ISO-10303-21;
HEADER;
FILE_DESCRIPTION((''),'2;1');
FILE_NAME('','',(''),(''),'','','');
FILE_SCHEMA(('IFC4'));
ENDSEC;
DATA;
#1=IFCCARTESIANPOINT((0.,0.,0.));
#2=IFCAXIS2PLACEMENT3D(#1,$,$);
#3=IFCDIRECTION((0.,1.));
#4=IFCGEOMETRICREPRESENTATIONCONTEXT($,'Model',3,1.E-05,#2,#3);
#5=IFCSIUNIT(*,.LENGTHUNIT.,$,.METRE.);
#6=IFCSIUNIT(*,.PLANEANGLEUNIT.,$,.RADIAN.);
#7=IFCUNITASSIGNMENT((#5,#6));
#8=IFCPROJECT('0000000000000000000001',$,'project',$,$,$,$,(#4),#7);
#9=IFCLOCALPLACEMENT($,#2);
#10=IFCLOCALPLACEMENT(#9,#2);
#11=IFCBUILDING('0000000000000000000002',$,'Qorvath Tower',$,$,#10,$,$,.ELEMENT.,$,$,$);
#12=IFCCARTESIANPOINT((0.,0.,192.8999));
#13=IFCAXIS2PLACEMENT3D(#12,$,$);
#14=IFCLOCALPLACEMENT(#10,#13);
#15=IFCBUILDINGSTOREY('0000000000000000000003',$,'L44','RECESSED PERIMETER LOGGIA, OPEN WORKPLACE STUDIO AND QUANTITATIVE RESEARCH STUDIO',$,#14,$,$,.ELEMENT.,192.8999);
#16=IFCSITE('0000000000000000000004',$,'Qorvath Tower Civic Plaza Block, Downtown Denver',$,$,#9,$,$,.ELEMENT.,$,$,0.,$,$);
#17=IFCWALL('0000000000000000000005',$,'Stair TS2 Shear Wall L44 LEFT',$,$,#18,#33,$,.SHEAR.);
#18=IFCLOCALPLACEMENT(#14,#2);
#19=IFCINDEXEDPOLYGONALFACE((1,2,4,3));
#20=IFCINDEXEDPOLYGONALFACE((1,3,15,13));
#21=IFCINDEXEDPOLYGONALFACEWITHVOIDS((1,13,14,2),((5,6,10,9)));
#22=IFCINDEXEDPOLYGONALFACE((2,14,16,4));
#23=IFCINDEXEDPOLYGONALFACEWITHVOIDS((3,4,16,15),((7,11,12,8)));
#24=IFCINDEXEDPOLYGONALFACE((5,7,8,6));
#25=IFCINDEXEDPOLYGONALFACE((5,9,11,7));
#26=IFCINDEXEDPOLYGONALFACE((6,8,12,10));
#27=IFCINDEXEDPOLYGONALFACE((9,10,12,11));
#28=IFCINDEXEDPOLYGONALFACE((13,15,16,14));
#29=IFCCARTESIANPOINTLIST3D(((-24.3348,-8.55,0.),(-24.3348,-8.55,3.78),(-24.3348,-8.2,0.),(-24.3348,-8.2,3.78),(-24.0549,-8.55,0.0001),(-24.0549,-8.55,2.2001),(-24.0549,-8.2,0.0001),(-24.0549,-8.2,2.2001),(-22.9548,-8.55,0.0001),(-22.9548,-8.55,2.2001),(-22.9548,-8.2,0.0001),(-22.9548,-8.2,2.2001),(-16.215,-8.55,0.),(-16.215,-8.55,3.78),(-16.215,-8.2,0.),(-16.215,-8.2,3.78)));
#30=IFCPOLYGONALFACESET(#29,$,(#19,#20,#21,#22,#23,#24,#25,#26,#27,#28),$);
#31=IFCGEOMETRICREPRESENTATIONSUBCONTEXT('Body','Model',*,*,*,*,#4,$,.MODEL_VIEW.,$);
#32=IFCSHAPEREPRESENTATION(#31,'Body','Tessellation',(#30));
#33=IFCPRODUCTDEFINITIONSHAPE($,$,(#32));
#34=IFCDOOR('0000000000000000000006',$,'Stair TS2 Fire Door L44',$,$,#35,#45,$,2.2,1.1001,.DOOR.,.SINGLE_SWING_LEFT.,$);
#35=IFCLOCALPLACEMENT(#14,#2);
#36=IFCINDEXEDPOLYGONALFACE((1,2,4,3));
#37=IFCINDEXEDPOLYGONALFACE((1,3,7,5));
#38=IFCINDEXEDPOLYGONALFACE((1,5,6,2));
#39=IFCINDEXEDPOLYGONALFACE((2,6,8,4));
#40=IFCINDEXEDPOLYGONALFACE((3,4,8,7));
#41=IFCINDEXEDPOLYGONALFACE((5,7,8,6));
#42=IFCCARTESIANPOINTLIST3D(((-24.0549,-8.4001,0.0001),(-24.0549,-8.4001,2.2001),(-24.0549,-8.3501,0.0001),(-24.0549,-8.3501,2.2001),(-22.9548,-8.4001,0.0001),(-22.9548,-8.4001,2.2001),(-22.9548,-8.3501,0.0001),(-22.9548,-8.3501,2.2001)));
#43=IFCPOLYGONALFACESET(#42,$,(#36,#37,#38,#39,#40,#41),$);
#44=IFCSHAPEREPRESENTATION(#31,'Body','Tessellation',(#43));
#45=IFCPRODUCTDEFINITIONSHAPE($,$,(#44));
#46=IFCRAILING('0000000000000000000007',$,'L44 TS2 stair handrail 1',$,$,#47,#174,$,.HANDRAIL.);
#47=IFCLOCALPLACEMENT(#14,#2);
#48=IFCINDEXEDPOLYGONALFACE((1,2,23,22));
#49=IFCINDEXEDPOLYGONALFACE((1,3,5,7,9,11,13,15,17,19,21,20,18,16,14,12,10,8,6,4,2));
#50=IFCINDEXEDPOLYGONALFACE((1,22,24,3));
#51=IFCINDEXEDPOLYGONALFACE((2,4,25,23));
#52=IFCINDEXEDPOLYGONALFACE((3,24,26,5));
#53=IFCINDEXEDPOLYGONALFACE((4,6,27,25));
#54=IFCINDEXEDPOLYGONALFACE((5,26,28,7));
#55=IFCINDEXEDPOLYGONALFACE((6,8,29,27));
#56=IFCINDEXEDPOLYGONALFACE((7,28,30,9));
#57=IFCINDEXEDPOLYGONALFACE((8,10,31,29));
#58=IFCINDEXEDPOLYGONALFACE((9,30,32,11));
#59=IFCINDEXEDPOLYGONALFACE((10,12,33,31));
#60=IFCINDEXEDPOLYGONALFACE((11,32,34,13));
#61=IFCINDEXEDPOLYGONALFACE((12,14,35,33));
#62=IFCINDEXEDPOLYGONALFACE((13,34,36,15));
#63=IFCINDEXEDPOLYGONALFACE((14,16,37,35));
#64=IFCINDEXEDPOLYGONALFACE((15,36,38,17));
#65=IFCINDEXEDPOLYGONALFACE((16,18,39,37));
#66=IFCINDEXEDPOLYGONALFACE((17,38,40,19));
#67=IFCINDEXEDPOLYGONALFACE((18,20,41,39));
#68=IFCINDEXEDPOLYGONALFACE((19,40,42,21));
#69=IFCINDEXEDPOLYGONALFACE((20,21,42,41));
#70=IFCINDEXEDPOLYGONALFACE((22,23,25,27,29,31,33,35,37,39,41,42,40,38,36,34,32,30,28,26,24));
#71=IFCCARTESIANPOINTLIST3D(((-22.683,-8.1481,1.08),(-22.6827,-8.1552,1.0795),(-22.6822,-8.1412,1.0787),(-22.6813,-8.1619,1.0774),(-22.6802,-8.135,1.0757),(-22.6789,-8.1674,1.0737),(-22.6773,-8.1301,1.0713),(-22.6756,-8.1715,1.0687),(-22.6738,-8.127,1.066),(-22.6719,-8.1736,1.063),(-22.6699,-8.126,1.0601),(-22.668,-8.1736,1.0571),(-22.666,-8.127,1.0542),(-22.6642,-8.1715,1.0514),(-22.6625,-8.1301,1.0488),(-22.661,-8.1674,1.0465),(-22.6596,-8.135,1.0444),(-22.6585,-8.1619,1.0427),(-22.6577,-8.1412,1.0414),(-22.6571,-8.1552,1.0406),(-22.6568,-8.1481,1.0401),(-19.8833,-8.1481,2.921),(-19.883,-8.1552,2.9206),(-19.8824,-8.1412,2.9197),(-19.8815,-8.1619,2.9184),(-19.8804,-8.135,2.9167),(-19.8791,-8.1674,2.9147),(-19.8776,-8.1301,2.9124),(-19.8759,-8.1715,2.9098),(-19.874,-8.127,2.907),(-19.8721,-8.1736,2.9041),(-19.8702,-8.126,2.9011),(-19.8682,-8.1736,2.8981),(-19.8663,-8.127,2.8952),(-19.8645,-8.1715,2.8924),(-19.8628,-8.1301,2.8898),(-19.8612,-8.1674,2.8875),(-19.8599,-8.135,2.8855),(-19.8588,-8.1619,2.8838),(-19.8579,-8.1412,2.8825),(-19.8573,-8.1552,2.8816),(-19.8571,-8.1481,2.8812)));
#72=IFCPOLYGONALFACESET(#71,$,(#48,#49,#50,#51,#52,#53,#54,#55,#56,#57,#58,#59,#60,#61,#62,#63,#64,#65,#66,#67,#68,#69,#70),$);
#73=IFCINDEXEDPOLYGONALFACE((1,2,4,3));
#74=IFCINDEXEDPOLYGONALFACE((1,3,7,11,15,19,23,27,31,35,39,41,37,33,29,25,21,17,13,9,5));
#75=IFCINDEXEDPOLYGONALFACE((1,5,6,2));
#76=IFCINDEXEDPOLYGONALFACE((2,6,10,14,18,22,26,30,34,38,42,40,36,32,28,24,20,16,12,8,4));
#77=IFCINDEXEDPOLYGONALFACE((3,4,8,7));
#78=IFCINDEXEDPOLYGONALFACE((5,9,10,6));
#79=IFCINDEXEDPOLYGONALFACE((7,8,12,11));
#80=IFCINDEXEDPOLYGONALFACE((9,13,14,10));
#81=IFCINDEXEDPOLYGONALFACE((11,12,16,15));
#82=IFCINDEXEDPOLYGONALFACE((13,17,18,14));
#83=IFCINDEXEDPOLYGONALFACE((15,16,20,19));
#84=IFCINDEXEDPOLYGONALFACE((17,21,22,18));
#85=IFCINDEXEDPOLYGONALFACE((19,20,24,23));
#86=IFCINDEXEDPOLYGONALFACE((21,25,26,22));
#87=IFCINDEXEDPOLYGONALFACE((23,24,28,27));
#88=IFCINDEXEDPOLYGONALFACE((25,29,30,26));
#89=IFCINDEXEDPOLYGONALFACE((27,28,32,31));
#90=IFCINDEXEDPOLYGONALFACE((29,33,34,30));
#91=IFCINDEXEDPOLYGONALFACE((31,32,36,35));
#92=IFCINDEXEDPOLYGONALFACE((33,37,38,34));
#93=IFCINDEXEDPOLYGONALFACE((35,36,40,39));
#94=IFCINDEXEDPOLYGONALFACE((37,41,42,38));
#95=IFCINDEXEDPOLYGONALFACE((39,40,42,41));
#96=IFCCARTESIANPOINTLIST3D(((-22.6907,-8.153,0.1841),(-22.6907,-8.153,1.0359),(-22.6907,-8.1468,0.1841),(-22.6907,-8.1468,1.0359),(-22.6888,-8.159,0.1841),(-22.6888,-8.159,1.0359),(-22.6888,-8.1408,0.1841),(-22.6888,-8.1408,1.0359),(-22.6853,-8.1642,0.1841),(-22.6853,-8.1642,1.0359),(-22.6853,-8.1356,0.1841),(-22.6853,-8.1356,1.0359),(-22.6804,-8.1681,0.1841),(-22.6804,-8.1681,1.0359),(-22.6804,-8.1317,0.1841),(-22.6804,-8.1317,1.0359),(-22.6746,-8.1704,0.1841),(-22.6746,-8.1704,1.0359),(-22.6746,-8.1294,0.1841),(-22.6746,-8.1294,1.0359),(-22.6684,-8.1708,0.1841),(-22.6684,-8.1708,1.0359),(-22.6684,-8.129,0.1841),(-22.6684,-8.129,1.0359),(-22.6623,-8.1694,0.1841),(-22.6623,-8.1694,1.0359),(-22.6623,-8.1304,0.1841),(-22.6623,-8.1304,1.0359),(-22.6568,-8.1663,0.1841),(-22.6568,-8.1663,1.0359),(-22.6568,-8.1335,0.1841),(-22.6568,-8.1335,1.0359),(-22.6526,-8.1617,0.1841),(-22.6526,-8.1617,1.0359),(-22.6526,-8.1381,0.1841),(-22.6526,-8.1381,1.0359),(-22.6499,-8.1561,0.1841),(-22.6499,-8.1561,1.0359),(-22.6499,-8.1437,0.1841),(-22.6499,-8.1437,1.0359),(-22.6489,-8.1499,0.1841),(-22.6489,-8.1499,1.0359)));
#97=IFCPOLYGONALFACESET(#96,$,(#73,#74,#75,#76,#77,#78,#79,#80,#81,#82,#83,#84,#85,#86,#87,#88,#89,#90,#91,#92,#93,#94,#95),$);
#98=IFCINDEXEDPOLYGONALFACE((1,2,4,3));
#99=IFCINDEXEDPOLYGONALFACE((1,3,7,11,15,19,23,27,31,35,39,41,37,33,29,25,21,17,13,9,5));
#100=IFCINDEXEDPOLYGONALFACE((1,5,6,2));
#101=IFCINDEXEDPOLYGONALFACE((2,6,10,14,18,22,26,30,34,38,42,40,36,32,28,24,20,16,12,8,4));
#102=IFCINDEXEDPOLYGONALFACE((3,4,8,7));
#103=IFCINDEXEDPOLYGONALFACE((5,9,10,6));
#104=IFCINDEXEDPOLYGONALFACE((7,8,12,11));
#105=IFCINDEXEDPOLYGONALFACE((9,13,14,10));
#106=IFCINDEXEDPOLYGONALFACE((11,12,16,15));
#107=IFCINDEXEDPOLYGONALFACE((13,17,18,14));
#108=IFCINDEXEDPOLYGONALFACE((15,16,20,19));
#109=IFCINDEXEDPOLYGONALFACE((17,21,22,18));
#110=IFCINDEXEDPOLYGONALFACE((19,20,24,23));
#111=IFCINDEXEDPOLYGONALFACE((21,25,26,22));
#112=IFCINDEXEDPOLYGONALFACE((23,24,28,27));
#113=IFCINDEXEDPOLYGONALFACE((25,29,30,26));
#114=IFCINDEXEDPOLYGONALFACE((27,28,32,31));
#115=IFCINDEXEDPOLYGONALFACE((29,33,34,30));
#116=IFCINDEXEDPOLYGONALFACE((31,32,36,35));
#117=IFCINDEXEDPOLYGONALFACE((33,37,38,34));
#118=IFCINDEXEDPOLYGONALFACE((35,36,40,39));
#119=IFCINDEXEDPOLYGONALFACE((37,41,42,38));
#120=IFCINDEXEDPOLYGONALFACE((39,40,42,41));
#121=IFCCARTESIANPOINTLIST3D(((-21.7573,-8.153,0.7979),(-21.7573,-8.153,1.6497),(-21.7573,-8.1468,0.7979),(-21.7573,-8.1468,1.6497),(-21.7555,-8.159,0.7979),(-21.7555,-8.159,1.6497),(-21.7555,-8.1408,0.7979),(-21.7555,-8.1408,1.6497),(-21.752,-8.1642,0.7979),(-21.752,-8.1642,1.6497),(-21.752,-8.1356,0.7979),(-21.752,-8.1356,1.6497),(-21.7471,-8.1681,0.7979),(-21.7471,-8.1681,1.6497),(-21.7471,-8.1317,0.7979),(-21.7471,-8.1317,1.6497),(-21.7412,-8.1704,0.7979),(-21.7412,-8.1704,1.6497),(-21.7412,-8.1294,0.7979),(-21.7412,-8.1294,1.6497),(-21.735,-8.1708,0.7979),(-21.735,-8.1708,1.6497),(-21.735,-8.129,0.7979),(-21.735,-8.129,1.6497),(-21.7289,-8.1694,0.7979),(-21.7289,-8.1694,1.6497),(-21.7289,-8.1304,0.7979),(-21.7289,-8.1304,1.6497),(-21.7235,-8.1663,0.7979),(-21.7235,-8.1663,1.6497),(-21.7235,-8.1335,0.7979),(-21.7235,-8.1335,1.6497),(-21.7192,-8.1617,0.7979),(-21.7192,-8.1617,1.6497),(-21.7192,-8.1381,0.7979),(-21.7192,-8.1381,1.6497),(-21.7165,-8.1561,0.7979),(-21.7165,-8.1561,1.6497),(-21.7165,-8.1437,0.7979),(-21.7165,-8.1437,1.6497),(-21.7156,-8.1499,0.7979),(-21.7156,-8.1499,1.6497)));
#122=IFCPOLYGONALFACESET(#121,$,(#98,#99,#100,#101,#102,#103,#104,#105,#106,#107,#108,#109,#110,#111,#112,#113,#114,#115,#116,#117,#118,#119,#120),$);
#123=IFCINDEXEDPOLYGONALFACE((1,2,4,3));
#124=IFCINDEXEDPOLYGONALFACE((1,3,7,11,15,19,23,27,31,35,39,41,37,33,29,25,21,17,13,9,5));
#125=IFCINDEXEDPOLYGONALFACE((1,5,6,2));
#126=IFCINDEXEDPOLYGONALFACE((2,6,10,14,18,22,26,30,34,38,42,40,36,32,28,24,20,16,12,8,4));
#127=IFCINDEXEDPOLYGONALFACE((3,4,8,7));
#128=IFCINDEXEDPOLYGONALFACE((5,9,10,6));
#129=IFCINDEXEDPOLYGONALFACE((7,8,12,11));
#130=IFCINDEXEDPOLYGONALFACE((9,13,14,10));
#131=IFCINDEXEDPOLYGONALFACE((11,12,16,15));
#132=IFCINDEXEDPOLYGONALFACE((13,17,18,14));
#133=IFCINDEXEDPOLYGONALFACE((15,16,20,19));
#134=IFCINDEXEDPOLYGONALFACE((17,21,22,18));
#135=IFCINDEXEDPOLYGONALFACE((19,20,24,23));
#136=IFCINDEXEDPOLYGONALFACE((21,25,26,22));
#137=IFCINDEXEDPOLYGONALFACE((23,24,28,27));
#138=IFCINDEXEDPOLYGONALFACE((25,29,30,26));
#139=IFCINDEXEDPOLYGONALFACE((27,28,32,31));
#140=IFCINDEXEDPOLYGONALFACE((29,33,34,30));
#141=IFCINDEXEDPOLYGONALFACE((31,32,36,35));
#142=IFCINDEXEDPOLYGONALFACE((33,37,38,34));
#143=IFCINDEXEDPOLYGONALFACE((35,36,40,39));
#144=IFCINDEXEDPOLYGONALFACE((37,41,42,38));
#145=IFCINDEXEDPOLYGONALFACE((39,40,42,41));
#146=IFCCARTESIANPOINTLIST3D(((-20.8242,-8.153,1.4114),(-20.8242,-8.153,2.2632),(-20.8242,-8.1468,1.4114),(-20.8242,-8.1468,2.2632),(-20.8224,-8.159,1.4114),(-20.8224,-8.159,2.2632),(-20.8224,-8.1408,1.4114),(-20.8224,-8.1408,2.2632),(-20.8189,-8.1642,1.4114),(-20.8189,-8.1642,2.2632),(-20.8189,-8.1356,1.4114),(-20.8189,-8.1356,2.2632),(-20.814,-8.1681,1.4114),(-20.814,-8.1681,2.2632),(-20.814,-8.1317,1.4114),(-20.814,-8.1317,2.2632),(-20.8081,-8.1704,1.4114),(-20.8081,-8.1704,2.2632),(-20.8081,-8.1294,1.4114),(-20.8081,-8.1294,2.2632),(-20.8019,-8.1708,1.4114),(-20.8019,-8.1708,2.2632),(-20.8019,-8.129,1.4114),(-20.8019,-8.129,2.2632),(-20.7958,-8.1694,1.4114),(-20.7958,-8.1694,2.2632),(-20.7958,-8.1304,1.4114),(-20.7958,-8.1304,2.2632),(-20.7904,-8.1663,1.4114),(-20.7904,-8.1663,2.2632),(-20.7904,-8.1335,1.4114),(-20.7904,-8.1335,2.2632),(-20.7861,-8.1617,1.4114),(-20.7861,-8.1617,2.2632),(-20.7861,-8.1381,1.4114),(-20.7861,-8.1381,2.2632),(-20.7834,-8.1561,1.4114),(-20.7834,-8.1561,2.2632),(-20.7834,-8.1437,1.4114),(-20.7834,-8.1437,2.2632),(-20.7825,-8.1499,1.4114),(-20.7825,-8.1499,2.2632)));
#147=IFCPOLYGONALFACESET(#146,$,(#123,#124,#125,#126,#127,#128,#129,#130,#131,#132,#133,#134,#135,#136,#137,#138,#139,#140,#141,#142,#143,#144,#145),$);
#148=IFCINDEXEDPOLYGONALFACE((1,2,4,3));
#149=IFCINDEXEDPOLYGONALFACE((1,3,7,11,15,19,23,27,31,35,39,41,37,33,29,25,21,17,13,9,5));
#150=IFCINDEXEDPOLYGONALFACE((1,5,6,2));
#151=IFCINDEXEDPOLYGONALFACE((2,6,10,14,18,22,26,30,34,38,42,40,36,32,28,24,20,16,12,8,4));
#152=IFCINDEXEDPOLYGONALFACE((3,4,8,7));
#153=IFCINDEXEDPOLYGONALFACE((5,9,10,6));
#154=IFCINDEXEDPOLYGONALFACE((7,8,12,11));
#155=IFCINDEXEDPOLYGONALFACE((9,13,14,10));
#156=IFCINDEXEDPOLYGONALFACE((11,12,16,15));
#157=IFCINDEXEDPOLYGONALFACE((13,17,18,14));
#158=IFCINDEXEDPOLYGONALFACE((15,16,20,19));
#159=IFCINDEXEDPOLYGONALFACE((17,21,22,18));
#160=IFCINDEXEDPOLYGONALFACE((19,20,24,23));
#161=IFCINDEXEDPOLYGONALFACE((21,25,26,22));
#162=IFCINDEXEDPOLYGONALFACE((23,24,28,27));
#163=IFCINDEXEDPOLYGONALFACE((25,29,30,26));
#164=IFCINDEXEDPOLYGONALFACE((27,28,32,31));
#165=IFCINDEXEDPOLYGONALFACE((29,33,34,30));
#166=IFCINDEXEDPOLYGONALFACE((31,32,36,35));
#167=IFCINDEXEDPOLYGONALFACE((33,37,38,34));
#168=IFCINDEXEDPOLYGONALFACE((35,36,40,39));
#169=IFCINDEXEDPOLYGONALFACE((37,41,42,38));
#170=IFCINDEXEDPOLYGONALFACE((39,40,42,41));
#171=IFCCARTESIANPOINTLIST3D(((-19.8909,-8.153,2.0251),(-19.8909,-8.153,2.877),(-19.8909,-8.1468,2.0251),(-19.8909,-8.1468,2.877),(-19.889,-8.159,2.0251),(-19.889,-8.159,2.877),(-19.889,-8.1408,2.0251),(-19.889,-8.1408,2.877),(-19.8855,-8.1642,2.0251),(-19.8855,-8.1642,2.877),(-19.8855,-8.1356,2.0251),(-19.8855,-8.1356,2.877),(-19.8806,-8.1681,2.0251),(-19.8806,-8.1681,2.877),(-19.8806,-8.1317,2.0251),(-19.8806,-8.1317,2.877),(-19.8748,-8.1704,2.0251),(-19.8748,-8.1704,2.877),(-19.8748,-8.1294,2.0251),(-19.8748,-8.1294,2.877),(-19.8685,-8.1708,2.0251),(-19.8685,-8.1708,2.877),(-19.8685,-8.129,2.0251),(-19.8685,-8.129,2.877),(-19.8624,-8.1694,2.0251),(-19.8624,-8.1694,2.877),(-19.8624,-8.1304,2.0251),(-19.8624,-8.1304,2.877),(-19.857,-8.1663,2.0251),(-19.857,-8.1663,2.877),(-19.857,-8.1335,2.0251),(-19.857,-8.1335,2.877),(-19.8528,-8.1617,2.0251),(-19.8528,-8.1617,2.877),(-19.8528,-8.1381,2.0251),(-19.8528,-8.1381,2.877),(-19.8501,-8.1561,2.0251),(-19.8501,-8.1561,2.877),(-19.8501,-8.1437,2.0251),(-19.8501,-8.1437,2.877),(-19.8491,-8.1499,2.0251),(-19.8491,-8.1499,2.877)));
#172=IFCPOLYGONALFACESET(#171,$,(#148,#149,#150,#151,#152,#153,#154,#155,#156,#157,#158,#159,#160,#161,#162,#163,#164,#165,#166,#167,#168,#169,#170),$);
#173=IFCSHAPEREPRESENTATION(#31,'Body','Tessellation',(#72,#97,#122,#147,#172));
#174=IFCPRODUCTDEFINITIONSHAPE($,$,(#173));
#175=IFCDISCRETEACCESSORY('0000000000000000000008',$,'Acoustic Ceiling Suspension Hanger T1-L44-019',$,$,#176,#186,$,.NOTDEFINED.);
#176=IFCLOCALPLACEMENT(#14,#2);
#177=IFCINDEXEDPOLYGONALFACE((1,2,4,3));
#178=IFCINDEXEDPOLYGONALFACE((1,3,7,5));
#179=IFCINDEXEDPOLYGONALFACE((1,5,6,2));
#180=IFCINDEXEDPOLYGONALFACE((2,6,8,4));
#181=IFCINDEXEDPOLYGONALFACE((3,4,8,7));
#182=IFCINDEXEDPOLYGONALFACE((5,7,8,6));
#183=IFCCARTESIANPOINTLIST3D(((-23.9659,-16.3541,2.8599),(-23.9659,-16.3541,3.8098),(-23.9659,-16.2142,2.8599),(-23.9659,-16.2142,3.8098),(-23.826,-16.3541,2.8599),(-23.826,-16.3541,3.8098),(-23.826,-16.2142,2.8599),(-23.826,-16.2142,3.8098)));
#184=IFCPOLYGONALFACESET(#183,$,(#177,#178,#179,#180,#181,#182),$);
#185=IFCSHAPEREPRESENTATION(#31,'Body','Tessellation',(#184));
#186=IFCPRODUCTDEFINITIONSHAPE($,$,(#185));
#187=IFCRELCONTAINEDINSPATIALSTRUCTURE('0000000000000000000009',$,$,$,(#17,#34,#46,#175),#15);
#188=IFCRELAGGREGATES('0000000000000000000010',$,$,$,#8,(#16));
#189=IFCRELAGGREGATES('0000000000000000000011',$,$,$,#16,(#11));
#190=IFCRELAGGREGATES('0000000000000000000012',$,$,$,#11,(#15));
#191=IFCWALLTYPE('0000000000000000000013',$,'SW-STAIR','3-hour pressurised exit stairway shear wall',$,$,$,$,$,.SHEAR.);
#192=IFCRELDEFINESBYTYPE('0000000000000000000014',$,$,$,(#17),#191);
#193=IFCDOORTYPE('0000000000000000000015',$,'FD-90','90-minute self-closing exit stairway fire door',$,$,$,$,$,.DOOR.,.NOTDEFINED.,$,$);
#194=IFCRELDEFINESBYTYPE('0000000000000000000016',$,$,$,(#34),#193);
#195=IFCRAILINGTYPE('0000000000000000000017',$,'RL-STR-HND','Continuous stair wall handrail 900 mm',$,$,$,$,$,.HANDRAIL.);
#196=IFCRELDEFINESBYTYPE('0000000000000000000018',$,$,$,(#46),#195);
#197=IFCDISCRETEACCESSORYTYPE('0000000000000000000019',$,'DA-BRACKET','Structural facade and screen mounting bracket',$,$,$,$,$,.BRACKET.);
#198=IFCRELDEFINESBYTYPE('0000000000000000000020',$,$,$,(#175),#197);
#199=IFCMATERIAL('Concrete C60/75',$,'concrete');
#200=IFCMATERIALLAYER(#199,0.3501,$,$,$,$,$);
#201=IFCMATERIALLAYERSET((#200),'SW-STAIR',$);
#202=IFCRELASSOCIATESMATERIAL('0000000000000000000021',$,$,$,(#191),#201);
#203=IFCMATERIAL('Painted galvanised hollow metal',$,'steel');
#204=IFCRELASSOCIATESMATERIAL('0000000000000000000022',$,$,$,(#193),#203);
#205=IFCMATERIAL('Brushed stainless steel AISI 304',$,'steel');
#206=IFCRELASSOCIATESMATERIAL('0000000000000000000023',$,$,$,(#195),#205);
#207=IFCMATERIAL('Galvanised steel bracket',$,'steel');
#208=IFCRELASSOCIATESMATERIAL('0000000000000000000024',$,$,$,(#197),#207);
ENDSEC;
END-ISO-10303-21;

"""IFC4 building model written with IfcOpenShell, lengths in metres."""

from ifc_helpers import new_model, si_unit, direction, frame, frame_2d, origin, origin_2d, place, context, subcontext, project, spatial, rectangle, circle, extrude, material, layer, layer_set, type_object, element, fill, save


model = new_model("IFC4")

# Units and contexts
model_context = context("Model", 3, precision=1e-05, world=origin(), true_north=direction((0.0, 1.0)))
body_context = subcontext(model_context, "Body", "Model", "MODEL_VIEW")
ifc_project = project(units=[si_unit("LENGTHUNIT", "METRE"), si_unit("PLANEANGLEUNIT", "RADIAN")], contexts=[model_context])

# Site, building, storey
site_placement = place(None, origin())
site = spatial("IfcSite", under=ifc_project, at=site_placement, Name="Qorvath Tower Civic Plaza Block, Downtown Denver", CompositionType="ELEMENT", RefElevation=0.0)
building_placement = place(site_placement, origin())
building = spatial("IfcBuilding", under=site, at=building_placement, Name="Qorvath Tower", CompositionType="ELEMENT")
storey_placement = place(building_placement, frame((0.0, 0.0, 192.8999)))
storey = spatial("IfcBuildingStorey", under=building, at=storey_placement, Name="L44", Description="RECESSED PERIMETER LOGGIA, OPEN WORKPLACE STUDIO AND QUANTITATIVE RESEARCH STUDIO", CompositionType="ELEMENT", Elevation=192.8999)

# Wall, opening, door
ifc_material_1 = material(Name="Concrete C60/75", Category="concrete")
ifc_layer_1 = layer(ifc_material_1, 0.3501)
ifc_layer_set_1 = layer_set([ifc_layer_1], Name="SW-STAIR")
wall_type_1 = type_object("IfcWallType", Name="SW-STAIR", Description="3-hour pressurised exit stairway shear wall", PredefinedType="SHEAR", material=ifc_layer_set_1)
wall_1_placement = place(storey_placement, frame((-24.335, -8.375, 0.0), z_axis=(0.0, 0.0, 1.0), x_axis=(1.0, 0.0, 0.0)))
wall_1 = element("IfcWall", 1, at=wall_1_placement, inside=storey, type_object=wall_type_1, Name="Stair TS2 Shear Wall L44 LEFT", PredefinedType="SHEAR", context=body_context, shape_type="SweptSolid", body=[
    extrude(rectangle(XDim=8.1199, YDim=0.3501, at=frame_2d((4.0601, 0.0))), origin(), (0.0, 0.0, 1.0), 3.78),
])
opening_1_placement = place(wall_1_placement, frame((0.28, 0.0, 0.0)))
opening_1 = element("IfcOpeningElement", 2, at=opening_1_placement, cuts=wall_1, PredefinedType="OPENING", context=body_context, shape_type="SweptSolid", body=[
    extrude(rectangle(XDim=1.1001, YDim=2.2, at=frame_2d((0.55, 1.1001))), frame((0.0, 0.1851, 0.0), z_axis=(0.0, -1.0, 0.0), x_axis=(1.0, 0.0, 0.0)), (0.0, 0.0, 1.0), 0.3701),
])
ifc_material_2 = material(Name="Painted galvanised hollow metal", Category="steel")
door_type_1 = type_object("IfcDoorType", Name="FD-90", Description="90-minute self-closing exit stairway fire door", OperationType="NOTDEFINED", PredefinedType="DOOR", material=ifc_material_2)
door_1_placement = place(opening_1_placement, origin())
door_1 = element("IfcDoor", 3, at=door_1_placement, inside=storey, type_object=door_type_1, Name="Stair TS2 Fire Door L44", OperationType="SINGLE_SWING_LEFT", OverallHeight=2.2, OverallWidth=1.1001, PredefinedType="DOOR", context=body_context, shape_type="SweptSolid", body=[
    extrude(rectangle(XDim=1.1001, YDim=2.2, at=frame_2d((0.55, 1.1001))), frame((0.0, 0.0249, 0.0), z_axis=(0.0, -1.0, 0.0), x_axis=(1.0, 0.0, 0.0)), (0.0, 0.0, 1.0), 0.05),
])
fill(opening_1, door_1)

# Railing
ifc_material_3 = material(Name="Brushed stainless steel AISI 304", Category="steel")
railing_type = type_object("IfcRailingType", Name="RL-STR-HND", Description="Continuous stair wall handrail 900 mm", PredefinedType="HANDRAIL", material=ifc_material_3)
railing_placement = place(storey_placement, frame((-22.6699, -8.1499, 0.1841)))
element("IfcRailing", 4, at=railing_placement, inside=storey, type_object=railing_type, Name="L44 TS2 stair handrail 1", PredefinedType="HANDRAIL", context=body_context, shape_type="SweptSolid", body=[
    extrude(circle(Radius=0.0239, at=origin_2d()), frame((0.0, 0.0, 0.876), z_axis=(0.835542, 0.0, 0.549426), x_axis=(0.0, 1.0, 0.0)), (0.0, 0.0, 1.0), 3.3508),
    extrude(circle(Radius=0.021, at=origin_2d()), origin(), (0.0, 0.0, 1.0), 0.8518),
    extrude(circle(Radius=0.021, at=origin_2d()), frame((0.9333, 0.0, 0.6138)), (0.0, 0.0, 1.0), 0.8518),
    extrude(circle(Radius=0.021, at=origin_2d()), frame((1.8665, 0.0, 1.2273)), (0.0, 0.0, 1.0), 0.8518),
    extrude(circle(Radius=0.021, at=origin_2d()), frame((2.7998, 0.0, 1.8411)), (0.0, 0.0, 1.0), 0.8518),
])

# Discrete accessory
ifc_material_4 = material(Name="Galvanised steel bracket", Category="steel")
discrete_accessory_type = type_object("IfcDiscreteAccessoryType", Name="DA-BRACKET", Description="Structural facade and screen mounting bracket", PredefinedType="BRACKET", material=ifc_material_4)
discrete_accessory_placement = place(storey_placement, frame((-23.896, -16.2842, 2.8599), z_axis=(0.0, 0.0, 1.0), x_axis=(1.0, 0.0, 0.0)))
element("IfcDiscreteAccessory", 5, at=discrete_accessory_placement, inside=storey, type_object=discrete_accessory_type, Name="Acoustic Ceiling Suspension Hanger T1-L44-019", PredefinedType="NOTDEFINED", context=body_context, shape_type="SweptSolid", body=[
    extrude(rectangle(XDim=0.1399, YDim=0.1399, at=origin_2d()), origin(), (0.0, 0.0, 1.0), 0.95),
])

save(model, "model.ifc")
